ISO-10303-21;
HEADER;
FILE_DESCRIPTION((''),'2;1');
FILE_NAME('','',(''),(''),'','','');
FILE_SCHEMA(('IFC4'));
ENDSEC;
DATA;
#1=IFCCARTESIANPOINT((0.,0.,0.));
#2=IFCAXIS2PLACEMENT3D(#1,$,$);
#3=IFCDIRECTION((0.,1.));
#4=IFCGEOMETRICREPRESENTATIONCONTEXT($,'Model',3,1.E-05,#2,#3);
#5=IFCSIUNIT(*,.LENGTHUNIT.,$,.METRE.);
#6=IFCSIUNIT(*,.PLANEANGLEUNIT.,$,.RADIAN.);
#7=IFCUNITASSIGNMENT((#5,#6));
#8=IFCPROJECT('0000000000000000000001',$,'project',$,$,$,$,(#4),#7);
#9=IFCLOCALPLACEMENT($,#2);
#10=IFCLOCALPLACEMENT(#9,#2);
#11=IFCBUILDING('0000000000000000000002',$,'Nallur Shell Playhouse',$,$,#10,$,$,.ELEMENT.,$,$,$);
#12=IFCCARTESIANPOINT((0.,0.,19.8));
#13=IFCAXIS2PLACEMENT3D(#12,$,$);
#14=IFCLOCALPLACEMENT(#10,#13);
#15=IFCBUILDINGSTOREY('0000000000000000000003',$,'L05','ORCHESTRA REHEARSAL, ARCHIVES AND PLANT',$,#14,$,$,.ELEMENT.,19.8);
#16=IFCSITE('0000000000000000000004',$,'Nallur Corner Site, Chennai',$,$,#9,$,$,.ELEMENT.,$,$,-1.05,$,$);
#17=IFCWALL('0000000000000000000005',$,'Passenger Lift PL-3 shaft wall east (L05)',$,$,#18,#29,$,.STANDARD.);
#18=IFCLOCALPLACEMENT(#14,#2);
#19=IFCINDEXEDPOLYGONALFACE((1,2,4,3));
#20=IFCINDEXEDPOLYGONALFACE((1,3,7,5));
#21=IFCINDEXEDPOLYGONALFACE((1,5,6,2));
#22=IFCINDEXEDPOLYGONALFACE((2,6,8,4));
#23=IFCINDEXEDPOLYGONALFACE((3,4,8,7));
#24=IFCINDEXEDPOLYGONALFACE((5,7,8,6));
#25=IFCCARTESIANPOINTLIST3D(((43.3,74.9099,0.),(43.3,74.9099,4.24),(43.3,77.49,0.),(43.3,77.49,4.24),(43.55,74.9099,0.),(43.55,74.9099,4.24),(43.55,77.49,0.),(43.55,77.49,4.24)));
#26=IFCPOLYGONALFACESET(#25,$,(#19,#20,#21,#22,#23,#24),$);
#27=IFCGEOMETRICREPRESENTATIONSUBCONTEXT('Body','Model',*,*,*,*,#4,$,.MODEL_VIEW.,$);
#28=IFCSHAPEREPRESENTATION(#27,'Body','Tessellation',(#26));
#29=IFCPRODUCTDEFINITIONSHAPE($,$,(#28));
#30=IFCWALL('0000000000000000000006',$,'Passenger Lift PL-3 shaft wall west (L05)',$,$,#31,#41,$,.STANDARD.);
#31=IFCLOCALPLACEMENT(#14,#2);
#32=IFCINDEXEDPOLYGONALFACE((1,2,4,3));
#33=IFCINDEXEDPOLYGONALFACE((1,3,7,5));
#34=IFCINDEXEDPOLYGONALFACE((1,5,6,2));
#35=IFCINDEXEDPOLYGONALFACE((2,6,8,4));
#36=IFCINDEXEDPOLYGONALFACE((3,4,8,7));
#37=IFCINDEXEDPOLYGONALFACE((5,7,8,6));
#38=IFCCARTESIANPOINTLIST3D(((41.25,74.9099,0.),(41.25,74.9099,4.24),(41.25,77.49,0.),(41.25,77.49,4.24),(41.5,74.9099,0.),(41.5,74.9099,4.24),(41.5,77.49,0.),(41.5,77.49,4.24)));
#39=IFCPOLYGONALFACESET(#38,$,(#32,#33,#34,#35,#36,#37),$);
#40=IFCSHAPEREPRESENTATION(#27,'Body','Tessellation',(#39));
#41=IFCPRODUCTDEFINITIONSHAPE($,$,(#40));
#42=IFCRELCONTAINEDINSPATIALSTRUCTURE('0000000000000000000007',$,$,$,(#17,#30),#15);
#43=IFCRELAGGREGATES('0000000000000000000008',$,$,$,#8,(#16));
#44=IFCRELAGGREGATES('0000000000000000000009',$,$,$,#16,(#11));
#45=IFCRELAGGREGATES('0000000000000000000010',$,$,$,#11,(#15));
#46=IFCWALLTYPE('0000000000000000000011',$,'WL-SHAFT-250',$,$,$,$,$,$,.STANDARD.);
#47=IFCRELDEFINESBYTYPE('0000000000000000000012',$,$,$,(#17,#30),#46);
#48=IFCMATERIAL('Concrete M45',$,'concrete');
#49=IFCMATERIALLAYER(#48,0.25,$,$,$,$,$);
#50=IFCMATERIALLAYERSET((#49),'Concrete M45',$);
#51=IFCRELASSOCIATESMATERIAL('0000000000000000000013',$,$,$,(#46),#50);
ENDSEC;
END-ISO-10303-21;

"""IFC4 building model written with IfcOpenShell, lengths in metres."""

from ifc_helpers import new_model, si_unit, direction, frame, frame_2d, origin, place, context, subcontext, project, spatial, rectangle, extrude, material, layer, layer_set, type_object, element, save


model = new_model("IFC4")

# Units and contexts
model_context = context("Model", 3, precision=1e-05, world=origin(), true_north=direction((0.0, 1.0)))
body_context = subcontext(model_context, "Body", "Model", "MODEL_VIEW")
ifc_project = project(units=[si_unit("LENGTHUNIT", "METRE"), si_unit("PLANEANGLEUNIT", "RADIAN")], contexts=[model_context])

# Site, building, storey
site_placement = place(None, origin())
site = spatial("IfcSite", under=ifc_project, at=site_placement, Name="Nallur Corner Site, Chennai", CompositionType="ELEMENT", RefElevation=-1.05)
building_placement = place(site_placement, origin())
building = spatial("IfcBuilding", under=site, at=building_placement, Name="Nallur Shell Playhouse", CompositionType="ELEMENT")
storey_placement = place(building_placement, frame((0.0, 0.0, 19.8)))
storey = spatial("IfcBuildingStorey", under=building, at=storey_placement, Name="L05", Description="ORCHESTRA REHEARSAL, ARCHIVES AND PLANT", CompositionType="ELEMENT", Elevation=19.8)

# Shared definitions
ifc_material_1 = material(Name="Concrete M45", Category="concrete")
ifc_layer_1 = layer(ifc_material_1, 0.25)
ifc_layer_set_1 = layer_set([ifc_layer_1], Name="Concrete M45")
wall_type_1 = type_object("IfcWallType", Name="WL-SHAFT-250", PredefinedType="STANDARD", material=ifc_layer_set_1)

# Walls
for number, where, z_axis, x_axis, name in (
    (1, (43.425, 74.9099, 0.0), (0.0, 0.0, 1.0), (0.0, 1.0, 0.0), "Passenger Lift PL-3 shaft wall east (L05)"),
    (2, (41.375, 77.49, 0.0), (0.0, 0.0, 1.0), (0.0, -1.0, 0.0), "Passenger Lift PL-3 shaft wall west (L05)"),
):
    element("IfcWall", number, at=place(storey_placement, frame(where, z_axis=z_axis, x_axis=x_axis)), inside=storey, type_object=wall_type_1, Name=name, PredefinedType="STANDARD", context=body_context, shape_type="SweptSolid", body=[
        extrude(rectangle(XDim=2.5801, YDim=0.25, at=frame_2d((1.29, 0.0))), origin(), (0.0, 0.0, 1.0), 4.24),
    ])

save(model, "model.ifc")
